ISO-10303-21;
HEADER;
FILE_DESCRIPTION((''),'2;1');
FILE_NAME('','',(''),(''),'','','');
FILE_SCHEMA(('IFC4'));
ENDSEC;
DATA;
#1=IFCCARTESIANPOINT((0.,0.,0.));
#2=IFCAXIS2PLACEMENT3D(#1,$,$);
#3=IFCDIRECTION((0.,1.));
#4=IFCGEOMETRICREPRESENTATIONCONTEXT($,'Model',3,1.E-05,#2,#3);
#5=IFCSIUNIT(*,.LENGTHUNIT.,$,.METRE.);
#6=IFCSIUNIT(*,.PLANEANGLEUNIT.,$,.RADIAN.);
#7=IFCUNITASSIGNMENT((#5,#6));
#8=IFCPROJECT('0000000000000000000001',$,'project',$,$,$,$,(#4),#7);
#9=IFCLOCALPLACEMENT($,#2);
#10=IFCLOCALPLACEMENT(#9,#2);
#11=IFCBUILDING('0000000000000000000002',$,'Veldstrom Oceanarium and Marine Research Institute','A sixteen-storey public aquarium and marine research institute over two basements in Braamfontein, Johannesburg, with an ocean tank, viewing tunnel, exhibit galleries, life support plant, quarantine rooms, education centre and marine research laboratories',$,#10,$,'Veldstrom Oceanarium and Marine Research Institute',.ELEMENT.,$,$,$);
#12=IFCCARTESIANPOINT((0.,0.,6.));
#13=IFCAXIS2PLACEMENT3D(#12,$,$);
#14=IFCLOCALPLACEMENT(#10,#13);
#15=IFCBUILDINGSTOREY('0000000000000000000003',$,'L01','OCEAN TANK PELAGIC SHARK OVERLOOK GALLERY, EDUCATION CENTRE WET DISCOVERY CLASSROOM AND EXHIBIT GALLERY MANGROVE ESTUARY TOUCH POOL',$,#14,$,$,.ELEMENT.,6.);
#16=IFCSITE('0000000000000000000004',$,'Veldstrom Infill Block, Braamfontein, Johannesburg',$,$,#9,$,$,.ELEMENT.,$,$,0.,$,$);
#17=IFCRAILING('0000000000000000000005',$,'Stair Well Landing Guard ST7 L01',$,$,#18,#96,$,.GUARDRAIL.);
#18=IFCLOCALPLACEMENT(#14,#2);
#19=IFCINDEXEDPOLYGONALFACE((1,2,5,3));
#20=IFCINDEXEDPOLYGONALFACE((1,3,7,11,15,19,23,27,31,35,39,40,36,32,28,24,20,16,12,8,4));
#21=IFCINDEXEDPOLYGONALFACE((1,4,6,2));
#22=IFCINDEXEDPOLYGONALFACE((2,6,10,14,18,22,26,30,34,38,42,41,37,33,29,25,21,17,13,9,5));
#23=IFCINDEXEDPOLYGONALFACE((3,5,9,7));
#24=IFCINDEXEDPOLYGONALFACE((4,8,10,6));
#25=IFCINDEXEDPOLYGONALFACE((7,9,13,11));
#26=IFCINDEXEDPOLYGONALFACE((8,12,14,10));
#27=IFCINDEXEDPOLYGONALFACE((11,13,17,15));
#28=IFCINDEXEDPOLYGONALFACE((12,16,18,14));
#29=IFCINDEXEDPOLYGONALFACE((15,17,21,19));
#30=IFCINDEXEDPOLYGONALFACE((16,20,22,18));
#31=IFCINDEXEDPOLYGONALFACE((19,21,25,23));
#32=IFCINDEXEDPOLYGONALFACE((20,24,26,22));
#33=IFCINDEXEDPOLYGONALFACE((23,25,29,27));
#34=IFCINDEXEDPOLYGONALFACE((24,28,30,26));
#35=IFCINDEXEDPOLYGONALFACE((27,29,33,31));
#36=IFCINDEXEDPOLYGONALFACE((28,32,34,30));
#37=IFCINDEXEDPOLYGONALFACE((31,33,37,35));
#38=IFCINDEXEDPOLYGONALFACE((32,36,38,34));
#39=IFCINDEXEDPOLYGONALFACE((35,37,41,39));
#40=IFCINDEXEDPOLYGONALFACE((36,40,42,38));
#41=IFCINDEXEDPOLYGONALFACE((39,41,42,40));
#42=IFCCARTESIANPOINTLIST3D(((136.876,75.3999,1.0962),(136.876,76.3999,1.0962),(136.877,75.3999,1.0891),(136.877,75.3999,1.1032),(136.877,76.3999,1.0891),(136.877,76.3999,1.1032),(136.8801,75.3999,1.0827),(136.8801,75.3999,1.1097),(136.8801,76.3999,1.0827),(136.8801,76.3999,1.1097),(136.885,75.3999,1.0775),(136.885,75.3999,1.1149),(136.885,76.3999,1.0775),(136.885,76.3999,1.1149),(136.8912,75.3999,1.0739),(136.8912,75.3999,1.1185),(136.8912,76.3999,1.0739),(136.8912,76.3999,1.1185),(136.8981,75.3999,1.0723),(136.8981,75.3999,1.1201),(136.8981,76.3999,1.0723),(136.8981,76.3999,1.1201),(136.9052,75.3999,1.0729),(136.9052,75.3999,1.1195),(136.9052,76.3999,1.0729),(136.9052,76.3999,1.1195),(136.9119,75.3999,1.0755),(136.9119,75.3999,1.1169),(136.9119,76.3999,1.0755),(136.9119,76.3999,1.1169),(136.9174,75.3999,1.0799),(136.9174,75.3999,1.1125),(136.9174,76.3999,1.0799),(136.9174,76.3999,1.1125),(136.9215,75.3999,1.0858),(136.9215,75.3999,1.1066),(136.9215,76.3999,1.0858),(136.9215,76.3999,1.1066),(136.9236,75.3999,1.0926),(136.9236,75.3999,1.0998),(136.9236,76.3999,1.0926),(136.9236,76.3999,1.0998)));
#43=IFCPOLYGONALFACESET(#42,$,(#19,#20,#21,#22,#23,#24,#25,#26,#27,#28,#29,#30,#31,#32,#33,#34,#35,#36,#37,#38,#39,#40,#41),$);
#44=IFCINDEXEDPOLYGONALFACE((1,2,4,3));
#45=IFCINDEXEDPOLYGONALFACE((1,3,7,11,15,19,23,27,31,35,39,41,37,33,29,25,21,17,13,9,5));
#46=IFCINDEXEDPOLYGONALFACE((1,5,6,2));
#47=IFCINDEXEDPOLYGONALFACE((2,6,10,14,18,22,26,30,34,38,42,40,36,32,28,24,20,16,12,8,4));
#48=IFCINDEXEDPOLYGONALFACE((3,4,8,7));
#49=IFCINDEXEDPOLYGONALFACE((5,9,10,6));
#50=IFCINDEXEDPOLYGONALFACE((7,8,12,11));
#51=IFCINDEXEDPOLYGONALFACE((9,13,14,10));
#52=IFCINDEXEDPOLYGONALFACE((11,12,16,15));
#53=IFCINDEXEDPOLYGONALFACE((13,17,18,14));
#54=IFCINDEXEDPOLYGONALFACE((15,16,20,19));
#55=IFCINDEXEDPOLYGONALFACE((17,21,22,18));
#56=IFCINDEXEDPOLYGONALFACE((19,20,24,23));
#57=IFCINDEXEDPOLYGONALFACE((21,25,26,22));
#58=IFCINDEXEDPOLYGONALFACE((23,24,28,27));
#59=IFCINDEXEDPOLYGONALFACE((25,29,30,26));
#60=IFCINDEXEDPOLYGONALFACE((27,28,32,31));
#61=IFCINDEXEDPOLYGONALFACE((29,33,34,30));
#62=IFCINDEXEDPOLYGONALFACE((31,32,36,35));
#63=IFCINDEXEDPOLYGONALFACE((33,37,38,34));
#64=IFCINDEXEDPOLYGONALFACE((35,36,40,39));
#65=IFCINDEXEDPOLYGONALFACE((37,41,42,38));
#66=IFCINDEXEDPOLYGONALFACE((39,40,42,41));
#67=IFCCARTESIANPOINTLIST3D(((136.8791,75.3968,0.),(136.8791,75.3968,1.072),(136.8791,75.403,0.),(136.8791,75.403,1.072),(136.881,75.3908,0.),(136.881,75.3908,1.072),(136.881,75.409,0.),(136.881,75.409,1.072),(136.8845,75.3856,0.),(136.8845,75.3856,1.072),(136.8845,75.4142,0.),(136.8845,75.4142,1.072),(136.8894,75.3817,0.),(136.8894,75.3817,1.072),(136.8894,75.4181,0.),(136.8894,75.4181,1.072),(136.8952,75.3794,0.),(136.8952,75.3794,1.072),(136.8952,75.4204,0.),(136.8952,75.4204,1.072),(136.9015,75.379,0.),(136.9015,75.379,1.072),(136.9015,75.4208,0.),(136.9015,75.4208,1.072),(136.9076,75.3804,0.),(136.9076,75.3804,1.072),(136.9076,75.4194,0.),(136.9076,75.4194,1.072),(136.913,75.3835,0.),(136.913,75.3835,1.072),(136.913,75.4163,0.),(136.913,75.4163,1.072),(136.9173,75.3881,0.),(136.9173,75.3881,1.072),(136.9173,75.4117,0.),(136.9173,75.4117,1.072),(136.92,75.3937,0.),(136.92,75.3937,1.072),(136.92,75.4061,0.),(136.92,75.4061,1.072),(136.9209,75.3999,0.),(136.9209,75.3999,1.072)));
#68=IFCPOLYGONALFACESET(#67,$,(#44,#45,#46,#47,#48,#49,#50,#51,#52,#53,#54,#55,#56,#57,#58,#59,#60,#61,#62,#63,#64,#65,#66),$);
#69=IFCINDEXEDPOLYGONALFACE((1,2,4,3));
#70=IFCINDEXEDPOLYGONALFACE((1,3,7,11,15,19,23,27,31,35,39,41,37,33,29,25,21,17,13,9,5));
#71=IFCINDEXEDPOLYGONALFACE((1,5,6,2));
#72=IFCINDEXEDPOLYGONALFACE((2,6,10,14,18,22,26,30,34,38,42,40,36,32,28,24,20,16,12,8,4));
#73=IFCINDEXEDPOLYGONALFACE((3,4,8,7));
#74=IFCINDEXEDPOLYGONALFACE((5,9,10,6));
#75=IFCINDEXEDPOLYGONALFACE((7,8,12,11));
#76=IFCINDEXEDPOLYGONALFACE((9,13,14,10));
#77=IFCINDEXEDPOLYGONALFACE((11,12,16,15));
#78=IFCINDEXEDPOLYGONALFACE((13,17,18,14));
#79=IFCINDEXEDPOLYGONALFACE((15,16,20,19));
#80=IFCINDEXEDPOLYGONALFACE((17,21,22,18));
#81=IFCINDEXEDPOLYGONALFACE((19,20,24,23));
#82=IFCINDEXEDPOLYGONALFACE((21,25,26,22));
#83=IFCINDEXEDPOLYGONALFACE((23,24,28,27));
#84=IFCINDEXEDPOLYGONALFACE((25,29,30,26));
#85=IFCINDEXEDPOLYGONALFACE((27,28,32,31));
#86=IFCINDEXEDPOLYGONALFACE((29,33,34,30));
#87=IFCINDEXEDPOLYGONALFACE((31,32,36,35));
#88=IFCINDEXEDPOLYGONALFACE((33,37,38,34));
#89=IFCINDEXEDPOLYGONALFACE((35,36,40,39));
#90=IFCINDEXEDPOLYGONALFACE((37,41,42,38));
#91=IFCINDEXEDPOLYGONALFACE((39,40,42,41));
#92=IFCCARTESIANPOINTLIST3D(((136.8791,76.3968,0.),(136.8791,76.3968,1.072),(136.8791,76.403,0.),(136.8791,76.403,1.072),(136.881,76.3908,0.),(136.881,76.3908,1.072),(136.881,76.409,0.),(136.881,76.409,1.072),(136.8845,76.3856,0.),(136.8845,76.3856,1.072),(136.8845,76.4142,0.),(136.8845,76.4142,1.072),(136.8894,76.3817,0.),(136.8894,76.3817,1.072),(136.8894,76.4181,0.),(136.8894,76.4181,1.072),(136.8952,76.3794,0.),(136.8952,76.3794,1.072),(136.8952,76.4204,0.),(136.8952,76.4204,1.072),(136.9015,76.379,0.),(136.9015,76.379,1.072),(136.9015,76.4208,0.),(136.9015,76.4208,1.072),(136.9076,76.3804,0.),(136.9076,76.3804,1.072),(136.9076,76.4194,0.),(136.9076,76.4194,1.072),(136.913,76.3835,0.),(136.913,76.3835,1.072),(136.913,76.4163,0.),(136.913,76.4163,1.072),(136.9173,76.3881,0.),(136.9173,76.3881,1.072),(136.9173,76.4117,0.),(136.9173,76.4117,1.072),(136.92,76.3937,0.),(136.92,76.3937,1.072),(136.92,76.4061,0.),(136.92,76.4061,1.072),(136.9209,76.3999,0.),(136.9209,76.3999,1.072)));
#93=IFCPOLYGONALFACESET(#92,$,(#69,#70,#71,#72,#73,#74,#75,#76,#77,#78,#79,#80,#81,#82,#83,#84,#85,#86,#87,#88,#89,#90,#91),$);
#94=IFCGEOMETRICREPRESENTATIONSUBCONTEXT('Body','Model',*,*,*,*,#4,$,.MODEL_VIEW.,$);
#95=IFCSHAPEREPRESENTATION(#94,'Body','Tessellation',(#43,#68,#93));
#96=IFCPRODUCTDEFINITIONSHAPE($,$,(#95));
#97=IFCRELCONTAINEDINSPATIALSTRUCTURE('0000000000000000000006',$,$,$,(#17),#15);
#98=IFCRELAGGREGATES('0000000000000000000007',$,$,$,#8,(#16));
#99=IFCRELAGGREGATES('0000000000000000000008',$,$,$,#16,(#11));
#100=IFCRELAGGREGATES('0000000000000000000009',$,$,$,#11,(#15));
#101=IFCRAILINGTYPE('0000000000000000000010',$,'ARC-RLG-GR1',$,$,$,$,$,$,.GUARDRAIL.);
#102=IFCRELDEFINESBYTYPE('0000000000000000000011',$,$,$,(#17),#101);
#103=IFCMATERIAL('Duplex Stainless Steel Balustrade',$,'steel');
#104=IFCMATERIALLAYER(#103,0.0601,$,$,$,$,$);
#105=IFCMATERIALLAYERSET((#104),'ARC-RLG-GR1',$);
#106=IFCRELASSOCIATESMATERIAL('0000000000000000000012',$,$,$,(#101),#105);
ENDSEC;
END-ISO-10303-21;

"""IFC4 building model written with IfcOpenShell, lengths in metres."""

from ifc_helpers import new_model, si_unit, direction, frame, origin, origin_2d, place, context, subcontext, project, spatial, circle, extrude, material, layer, layer_set, type_object, element, save


model = new_model("IFC4")

# Units and contexts
model_context = context("Model", 3, precision=1e-05, world=origin(), true_north=direction((0.0, 1.0)))
body_context = subcontext(model_context, "Body", "Model", "MODEL_VIEW")
ifc_project = project(units=[si_unit("LENGTHUNIT", "METRE"), si_unit("PLANEANGLEUNIT", "RADIAN")], contexts=[model_context])

# Site, building, storey
site_placement = place(None, origin())
site = spatial("IfcSite", under=ifc_project, at=site_placement, Name="Veldstrom Infill Block, Braamfontein, Johannesburg", CompositionType="ELEMENT", RefElevation=0.0)
building_placement = place(site_placement, origin())
building = spatial("IfcBuilding", under=site, at=building_placement, Name="Veldstrom Oceanarium and Marine Research Institute", Description="A sixteen-storey public aquarium and marine research institute over two basements in Braamfontein, Johannesburg, with an ocean tank, viewing tunnel, exhibit galleries, life support plant, quarantine rooms, education centre and marine research laboratories", LongName="Veldstrom Oceanarium and Marine Research Institute", CompositionType="ELEMENT")
storey_placement = place(building_placement, frame((0.0, 0.0, 6.0)))
storey = spatial("IfcBuildingStorey", under=building, at=storey_placement, Name="L01", Description="OCEAN TANK PELAGIC SHARK OVERLOOK GALLERY, EDUCATION CENTRE WET DISCOVERY CLASSROOM AND EXHIBIT GALLERY MANGROVE ESTUARY TOUCH POOL", CompositionType="ELEMENT", Elevation=6.0)

# Railing
ifc_material_1 = material(Name="Duplex Stainless Steel Balustrade", Category="steel")
ifc_layer_1 = layer(ifc_material_1, 0.0601)
ifc_layer_set_1 = layer_set([ifc_layer_1], Name="ARC-RLG-GR1")
railing_type_1 = type_object("IfcRailingType", Name="ARC-RLG-GR1", PredefinedType="GUARDRAIL", material=ifc_layer_set_1)
railing_1_placement = place(storey_placement, frame((136.8999, 75.3999, 0.0)))
element("IfcRailing", 1, at=railing_1_placement, inside=storey, type_object=railing_type_1, Name="Stair Well Landing Guard ST7 L01", PredefinedType="GUARDRAIL", context=body_context, shape_type="SweptSolid", body=[
    extrude(circle(Radius=0.0239, at=origin_2d()), frame((0.0, 0.0, 1.0962), z_axis=(0.0, 1.0, 0.0), x_axis=(-1.0, 0.0, 0.0)), (0.0, 0.0, 1.0), 1.0),
    extrude(circle(Radius=0.021, at=origin_2d()), origin(), (0.0, 0.0, 1.0), 1.072),
    extrude(circle(Radius=0.021, at=origin_2d()), frame((0.0, 1.0, 0.0)), (0.0, 0.0, 1.0), 1.072),
])

save(model, "model.ifc")
